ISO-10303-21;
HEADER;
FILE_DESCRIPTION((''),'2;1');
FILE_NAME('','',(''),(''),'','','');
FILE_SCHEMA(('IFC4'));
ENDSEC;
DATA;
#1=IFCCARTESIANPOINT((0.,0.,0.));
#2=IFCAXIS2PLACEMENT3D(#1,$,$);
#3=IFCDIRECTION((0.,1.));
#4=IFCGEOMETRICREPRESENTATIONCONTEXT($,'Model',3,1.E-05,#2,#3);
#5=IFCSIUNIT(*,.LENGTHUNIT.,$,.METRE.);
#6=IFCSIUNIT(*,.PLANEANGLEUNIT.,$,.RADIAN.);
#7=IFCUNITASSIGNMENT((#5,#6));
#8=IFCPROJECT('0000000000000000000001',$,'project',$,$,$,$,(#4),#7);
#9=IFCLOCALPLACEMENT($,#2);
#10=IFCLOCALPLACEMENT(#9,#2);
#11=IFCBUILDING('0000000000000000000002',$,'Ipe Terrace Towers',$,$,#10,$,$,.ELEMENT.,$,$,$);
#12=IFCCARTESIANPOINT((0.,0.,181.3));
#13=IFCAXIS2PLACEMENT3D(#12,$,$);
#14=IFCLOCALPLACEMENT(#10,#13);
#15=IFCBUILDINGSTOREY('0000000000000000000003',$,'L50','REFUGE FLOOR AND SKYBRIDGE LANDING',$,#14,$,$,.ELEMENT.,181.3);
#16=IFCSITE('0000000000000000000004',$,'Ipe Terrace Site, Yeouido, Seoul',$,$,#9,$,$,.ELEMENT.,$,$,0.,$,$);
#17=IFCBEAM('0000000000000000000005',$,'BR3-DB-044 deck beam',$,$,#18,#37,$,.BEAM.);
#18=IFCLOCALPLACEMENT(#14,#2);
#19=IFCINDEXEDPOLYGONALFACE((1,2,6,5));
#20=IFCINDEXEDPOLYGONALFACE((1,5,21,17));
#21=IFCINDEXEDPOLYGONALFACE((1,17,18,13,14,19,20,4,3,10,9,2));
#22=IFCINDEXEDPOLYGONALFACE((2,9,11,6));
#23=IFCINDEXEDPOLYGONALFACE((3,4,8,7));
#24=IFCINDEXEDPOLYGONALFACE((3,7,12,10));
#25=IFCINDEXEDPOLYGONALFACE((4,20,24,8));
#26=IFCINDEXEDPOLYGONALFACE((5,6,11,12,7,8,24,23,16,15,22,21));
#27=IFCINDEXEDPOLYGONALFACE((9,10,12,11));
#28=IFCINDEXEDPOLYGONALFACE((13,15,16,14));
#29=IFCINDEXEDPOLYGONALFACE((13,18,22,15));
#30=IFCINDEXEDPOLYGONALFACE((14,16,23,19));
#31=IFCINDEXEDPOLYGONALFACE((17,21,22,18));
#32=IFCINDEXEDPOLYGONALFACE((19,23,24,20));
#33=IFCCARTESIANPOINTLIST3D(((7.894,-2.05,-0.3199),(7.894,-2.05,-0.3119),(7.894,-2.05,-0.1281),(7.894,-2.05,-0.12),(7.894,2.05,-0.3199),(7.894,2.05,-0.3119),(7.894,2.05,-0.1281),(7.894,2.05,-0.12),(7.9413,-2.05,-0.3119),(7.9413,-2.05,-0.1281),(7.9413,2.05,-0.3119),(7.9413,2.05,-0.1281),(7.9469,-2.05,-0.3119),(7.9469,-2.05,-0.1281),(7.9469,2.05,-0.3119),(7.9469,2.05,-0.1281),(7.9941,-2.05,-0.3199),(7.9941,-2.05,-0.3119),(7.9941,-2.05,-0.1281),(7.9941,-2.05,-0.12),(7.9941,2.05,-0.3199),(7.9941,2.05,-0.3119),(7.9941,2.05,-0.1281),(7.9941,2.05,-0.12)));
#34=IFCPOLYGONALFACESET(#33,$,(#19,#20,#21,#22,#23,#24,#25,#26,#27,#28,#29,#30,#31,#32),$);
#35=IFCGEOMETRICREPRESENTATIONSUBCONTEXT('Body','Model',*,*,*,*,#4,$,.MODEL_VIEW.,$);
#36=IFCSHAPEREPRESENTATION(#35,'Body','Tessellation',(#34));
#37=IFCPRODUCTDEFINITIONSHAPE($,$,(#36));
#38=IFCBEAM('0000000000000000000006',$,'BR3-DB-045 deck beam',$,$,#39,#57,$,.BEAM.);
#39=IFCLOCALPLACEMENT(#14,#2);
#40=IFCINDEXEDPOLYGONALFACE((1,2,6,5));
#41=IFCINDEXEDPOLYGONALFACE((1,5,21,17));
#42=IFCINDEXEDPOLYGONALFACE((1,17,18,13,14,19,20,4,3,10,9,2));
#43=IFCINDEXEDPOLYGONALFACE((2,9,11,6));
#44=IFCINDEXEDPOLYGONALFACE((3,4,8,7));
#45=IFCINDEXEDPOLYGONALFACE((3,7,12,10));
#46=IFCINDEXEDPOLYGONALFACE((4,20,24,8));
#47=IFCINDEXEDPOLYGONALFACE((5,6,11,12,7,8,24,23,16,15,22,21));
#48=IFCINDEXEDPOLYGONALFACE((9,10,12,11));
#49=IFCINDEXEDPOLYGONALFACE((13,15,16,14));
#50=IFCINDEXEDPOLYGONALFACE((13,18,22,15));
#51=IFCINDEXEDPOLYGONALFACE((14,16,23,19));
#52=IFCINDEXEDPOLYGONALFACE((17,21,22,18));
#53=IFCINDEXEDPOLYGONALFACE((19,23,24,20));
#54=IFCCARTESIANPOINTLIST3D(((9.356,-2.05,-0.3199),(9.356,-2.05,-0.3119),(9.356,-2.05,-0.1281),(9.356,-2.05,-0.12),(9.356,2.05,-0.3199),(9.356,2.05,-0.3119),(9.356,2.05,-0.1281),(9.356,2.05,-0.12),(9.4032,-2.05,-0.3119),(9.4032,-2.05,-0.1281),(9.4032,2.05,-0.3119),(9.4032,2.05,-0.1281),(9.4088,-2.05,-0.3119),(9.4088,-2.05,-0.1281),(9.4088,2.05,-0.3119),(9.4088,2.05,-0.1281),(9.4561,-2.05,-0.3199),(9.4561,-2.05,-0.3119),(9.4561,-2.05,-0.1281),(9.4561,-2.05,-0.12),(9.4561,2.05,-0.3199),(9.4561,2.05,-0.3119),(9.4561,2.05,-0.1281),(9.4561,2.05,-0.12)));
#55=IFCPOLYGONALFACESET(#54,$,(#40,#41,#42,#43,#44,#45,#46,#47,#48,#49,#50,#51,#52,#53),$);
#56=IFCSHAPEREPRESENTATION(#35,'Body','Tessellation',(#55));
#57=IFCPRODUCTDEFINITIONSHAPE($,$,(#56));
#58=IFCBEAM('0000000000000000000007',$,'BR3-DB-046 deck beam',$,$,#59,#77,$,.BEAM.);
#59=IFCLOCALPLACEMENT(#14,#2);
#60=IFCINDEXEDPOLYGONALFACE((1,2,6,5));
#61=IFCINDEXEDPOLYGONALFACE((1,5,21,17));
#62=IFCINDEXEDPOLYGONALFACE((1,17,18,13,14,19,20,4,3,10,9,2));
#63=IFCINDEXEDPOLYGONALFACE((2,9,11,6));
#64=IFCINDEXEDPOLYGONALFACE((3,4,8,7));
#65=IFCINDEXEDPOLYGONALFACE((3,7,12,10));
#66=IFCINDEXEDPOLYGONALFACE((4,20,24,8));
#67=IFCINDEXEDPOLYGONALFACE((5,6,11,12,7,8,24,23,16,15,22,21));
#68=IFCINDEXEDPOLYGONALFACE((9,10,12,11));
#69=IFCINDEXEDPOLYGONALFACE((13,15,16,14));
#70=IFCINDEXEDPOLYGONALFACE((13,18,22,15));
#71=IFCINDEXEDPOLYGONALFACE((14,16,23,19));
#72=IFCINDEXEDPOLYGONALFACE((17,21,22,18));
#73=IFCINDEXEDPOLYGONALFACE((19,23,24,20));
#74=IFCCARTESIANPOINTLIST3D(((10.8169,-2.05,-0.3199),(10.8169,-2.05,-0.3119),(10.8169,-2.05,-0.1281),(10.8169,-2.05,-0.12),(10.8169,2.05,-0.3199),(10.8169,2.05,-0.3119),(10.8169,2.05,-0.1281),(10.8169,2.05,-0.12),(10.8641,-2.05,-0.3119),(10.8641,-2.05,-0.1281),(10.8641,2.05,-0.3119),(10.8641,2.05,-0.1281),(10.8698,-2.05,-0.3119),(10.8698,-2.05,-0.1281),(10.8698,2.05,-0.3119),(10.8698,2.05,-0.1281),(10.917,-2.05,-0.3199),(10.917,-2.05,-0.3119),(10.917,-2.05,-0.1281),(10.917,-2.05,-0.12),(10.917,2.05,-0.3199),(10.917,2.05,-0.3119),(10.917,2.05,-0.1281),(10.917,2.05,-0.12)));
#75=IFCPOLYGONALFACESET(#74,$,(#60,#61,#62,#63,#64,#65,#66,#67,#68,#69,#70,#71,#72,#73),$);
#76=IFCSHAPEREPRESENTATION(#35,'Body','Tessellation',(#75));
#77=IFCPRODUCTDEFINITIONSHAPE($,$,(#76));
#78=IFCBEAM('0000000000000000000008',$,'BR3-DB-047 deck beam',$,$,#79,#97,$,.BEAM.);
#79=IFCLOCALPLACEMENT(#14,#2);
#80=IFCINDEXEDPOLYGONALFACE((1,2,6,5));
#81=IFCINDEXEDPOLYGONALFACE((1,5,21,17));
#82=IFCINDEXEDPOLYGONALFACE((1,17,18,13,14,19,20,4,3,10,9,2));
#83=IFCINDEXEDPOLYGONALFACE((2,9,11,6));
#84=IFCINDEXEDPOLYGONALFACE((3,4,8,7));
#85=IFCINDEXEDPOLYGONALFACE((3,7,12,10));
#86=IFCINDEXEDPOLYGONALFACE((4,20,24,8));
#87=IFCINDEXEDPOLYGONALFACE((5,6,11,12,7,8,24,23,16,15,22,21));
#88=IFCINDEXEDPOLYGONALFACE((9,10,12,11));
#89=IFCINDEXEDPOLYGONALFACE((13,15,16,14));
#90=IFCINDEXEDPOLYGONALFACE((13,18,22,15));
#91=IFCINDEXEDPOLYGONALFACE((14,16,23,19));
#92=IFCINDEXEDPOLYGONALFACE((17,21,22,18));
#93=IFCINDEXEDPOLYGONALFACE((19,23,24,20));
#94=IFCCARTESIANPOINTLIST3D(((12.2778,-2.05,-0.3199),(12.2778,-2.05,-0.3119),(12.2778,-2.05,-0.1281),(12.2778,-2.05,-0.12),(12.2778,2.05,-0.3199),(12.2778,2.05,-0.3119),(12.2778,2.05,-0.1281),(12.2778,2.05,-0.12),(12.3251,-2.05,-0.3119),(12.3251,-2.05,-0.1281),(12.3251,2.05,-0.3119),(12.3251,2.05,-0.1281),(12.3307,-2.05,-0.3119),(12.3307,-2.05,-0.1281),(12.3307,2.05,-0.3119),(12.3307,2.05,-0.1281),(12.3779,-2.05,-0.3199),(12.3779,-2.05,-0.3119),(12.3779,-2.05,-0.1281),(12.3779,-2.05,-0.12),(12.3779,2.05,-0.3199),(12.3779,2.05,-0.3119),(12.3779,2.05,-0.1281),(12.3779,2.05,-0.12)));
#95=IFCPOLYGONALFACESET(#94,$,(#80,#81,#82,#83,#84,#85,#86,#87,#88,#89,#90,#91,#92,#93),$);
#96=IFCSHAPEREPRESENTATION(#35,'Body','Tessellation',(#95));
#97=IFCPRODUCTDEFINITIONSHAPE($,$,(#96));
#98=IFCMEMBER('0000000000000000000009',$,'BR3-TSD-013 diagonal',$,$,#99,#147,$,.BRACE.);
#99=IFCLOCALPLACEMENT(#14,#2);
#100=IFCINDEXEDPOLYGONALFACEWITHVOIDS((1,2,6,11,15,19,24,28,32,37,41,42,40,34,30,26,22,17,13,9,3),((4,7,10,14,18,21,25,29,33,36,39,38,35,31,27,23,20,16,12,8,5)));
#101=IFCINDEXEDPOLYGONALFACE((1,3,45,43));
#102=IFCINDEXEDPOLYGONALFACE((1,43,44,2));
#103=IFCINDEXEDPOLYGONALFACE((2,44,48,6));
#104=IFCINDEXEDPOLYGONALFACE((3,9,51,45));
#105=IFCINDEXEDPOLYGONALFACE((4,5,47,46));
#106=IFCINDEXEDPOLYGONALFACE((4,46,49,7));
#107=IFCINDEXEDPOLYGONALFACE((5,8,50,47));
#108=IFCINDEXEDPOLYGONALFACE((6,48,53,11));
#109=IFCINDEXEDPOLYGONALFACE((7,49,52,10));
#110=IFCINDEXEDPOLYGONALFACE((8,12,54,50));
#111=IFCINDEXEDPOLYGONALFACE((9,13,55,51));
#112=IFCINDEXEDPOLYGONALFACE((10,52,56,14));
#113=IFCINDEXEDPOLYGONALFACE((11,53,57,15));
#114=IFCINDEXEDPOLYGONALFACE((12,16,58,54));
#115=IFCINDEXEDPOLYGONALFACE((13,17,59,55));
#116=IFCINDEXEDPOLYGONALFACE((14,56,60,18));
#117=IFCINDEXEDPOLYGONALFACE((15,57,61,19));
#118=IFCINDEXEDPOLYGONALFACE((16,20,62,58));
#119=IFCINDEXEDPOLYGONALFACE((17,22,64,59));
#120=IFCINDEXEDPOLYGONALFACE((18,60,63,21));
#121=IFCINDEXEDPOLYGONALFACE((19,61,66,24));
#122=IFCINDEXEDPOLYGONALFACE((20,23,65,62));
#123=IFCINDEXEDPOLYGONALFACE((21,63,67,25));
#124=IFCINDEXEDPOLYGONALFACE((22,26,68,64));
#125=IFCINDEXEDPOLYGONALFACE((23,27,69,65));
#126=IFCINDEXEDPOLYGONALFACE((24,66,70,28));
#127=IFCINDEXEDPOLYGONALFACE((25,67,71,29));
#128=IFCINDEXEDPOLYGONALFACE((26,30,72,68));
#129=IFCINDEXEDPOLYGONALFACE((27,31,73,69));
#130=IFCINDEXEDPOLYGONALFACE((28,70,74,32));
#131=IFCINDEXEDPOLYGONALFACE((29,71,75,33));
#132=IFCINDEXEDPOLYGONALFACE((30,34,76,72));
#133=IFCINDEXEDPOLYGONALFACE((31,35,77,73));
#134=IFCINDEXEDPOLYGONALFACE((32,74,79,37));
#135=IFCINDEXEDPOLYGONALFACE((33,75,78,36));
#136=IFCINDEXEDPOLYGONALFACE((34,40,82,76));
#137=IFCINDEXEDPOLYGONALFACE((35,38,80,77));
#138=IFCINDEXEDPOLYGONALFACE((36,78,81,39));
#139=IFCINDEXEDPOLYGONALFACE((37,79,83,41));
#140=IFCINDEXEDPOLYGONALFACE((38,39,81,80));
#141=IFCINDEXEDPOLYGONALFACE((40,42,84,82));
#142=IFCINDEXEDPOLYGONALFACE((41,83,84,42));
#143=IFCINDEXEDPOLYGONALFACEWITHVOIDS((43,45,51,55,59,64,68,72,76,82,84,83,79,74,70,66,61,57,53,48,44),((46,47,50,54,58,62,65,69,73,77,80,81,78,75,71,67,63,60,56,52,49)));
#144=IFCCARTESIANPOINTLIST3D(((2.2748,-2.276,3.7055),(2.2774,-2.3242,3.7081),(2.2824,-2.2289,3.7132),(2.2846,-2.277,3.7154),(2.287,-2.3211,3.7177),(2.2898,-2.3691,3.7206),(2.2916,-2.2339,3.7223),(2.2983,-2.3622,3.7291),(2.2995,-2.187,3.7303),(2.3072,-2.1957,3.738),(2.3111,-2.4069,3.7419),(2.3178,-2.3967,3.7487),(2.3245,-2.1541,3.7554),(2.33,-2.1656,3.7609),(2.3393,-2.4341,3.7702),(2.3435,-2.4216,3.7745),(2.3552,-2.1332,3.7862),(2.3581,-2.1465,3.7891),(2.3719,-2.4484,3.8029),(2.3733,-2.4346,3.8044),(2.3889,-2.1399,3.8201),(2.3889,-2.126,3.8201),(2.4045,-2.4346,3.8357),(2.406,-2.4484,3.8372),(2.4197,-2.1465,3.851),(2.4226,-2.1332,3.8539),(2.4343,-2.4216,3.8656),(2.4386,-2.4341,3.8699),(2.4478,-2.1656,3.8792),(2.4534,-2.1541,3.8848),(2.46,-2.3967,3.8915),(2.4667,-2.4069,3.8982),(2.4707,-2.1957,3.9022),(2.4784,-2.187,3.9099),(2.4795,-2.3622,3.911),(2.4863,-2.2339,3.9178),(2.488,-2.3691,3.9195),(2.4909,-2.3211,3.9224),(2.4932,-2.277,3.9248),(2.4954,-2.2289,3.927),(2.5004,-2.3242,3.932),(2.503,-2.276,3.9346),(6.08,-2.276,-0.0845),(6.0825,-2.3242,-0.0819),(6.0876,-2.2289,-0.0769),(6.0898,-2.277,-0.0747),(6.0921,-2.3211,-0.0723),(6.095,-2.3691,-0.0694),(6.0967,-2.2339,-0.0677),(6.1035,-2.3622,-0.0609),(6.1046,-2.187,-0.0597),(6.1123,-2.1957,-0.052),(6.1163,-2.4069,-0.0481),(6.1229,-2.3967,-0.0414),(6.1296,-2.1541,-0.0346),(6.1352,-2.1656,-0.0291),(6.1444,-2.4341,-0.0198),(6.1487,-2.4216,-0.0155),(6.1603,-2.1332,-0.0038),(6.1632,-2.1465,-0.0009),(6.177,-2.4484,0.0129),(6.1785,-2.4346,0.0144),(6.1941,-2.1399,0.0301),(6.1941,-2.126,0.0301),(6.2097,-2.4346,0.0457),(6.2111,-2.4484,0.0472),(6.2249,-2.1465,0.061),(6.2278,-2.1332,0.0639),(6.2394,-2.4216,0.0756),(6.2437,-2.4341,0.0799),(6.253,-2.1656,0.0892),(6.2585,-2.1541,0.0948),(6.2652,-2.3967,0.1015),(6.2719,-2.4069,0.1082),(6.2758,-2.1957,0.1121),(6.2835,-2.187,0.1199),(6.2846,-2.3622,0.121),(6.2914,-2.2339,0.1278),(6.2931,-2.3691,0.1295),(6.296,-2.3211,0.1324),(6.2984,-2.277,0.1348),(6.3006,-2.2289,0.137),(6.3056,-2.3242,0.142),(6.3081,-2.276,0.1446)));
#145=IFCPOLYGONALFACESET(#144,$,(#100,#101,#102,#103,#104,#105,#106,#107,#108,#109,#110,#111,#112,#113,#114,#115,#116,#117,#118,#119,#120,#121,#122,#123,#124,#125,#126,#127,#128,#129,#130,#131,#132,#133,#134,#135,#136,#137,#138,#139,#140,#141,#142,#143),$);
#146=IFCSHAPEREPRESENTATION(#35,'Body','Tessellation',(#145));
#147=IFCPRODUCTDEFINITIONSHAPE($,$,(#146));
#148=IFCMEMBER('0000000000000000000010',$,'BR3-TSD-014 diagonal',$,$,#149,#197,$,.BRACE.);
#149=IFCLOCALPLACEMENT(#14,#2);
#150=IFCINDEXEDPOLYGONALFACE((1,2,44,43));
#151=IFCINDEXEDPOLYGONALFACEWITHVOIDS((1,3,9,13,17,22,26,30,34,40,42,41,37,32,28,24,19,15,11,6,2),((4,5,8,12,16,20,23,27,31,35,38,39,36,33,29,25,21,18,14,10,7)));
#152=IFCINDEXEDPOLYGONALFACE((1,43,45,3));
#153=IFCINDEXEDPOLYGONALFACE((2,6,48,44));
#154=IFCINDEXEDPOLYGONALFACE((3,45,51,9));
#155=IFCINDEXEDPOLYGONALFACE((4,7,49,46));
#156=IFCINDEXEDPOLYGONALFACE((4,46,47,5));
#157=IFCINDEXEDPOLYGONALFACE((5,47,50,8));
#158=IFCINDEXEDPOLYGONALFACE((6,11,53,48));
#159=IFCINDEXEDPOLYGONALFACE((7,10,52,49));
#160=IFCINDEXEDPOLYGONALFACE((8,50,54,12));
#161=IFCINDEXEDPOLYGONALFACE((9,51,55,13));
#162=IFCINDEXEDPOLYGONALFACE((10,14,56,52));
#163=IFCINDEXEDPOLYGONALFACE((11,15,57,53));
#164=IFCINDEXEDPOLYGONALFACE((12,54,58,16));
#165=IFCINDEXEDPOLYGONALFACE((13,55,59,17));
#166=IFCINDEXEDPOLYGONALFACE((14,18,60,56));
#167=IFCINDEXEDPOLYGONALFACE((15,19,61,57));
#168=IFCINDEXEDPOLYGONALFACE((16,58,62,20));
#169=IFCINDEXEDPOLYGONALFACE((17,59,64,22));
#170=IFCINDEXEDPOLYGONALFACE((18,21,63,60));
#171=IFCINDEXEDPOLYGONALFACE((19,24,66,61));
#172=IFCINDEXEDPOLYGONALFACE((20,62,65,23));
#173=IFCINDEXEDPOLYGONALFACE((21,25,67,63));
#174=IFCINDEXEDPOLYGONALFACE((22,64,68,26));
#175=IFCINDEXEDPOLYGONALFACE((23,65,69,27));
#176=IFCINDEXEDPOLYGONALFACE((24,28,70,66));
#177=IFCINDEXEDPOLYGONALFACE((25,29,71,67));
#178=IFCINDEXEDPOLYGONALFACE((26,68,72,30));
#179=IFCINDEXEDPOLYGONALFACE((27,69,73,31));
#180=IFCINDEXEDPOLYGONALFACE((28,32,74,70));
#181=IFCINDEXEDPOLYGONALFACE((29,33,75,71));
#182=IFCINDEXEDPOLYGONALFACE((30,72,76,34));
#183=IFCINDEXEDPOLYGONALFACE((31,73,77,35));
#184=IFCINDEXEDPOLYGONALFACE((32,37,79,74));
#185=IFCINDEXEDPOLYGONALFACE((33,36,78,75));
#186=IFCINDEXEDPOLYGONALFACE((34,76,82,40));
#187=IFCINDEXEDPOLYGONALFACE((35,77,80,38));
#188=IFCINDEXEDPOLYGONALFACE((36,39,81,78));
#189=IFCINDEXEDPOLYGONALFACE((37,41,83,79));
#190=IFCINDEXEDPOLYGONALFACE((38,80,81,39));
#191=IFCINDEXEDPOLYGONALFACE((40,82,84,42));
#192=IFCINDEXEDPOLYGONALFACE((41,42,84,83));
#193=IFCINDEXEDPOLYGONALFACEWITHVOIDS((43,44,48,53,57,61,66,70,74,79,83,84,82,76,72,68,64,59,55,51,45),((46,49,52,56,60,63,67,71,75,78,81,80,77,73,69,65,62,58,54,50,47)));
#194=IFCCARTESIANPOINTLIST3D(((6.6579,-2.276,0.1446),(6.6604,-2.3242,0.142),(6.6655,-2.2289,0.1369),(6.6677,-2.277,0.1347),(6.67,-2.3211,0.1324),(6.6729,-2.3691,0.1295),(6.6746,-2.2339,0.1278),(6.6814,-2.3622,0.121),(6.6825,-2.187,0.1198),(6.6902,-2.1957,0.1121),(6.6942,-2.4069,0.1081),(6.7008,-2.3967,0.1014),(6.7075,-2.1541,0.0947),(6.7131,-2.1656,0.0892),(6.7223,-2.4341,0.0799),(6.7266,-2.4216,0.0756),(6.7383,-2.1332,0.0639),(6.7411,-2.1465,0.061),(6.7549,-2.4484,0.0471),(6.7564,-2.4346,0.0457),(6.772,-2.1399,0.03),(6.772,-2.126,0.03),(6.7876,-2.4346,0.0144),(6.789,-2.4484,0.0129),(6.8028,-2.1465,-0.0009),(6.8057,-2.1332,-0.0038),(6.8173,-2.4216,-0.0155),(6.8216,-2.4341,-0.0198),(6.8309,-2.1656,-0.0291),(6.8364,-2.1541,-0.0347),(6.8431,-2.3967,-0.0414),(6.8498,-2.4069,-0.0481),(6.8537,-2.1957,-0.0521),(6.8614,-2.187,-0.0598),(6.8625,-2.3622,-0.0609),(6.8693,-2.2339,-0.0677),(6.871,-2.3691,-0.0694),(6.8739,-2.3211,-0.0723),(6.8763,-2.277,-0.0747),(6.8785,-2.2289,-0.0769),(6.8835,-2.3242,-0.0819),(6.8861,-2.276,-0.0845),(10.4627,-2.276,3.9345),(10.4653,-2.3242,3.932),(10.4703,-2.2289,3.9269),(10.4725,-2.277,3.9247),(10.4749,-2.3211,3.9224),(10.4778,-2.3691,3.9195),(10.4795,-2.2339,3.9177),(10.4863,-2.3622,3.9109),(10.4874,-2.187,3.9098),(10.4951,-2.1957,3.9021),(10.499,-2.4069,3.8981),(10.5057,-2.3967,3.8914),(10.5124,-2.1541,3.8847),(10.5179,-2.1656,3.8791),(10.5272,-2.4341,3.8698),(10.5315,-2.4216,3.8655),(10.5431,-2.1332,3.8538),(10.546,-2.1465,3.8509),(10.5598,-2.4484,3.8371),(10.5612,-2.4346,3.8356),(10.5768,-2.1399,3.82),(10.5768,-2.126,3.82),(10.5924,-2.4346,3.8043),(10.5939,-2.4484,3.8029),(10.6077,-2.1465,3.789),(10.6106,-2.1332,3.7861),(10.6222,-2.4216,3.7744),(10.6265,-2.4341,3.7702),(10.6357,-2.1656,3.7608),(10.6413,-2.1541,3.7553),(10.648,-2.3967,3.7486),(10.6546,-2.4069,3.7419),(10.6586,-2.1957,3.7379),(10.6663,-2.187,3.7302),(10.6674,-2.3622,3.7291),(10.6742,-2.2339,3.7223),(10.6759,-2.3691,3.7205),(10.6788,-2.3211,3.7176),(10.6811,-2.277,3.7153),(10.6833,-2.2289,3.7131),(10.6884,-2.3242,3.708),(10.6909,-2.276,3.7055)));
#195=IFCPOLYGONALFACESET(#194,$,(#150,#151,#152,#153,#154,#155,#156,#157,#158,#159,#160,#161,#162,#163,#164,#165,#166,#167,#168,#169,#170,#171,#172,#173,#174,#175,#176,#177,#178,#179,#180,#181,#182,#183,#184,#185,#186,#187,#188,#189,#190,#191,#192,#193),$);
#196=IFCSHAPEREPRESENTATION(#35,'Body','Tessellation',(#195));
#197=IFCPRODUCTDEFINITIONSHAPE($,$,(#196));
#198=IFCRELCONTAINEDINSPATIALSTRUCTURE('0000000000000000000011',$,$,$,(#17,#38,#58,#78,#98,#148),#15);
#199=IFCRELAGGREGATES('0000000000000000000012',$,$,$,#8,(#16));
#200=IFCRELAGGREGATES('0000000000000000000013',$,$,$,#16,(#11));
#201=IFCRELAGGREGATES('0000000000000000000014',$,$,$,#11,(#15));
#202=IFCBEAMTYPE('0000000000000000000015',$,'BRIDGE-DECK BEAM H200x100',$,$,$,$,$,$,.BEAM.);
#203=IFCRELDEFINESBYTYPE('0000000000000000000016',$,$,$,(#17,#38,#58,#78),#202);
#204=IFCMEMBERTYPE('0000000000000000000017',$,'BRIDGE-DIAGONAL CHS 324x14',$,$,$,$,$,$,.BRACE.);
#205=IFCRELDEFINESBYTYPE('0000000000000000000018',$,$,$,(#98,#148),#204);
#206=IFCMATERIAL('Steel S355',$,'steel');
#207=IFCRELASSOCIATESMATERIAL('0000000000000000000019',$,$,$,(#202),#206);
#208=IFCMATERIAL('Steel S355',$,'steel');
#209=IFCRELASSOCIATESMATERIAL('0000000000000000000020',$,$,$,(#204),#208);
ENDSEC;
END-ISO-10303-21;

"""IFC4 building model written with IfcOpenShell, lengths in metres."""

from ifc_helpers import new_model, si_unit, direction, frame, origin, origin_2d, place, context, subcontext, project, spatial, hollow_circle, i_section, extrude, material, material_profile, profile_set, type_object, element, save


model = new_model("IFC4")

# Units and contexts
model_context = context("Model", 3, precision=1e-05, world=origin(), true_north=direction((0.0, 1.0)))
body_context = subcontext(model_context, "Body", "Model", "MODEL_VIEW")
ifc_project = project(units=[si_unit("LENGTHUNIT", "METRE"), si_unit("PLANEANGLEUNIT", "RADIAN")], contexts=[model_context])

# Site, building, storey
site_placement = place(None, origin())
site = spatial("IfcSite", under=ifc_project, at=site_placement, Name="Ipe Terrace Site, Yeouido, Seoul", CompositionType="ELEMENT", RefElevation=0.0)
building_placement = place(site_placement, origin())
building = spatial("IfcBuilding", under=site, at=building_placement, Name="Ipe Terrace Towers", CompositionType="ELEMENT")
storey_placement = place(building_placement, frame((0.0, 0.0, 181.3)))
storey = spatial("IfcBuildingStorey", under=building, at=storey_placement, Name="L50", Description="REFUGE FLOOR AND SKYBRIDGE LANDING", CompositionType="ELEMENT", Elevation=181.3)

# Beams
ifc_material_1 = material(Name="Steel S355", Category="steel")
ifc_material_profile_1 = material_profile(ifc_material_1, i_section(OverallWidth=0.1001, OverallDepth=0.2, WebThickness=0.0056, FlangeThickness=0.0081, at=origin_2d()), Name="H200x100")
ifc_profile_set_1 = profile_set([ifc_material_profile_1], Name="Steel S355")
beam_type_1 = type_object("IfcBeamType", Name="BRIDGE-DECK BEAM H200x100", PredefinedType="BEAM", material=ifc_profile_set_1)
for number, where, z_axis, x_axis, name in (
    (1, (7.9441, -2.05, -0.22), (0.0, 1.0, 0.0), (-1.0, 0.0, 0.0), "BR3-DB-044 deck beam"),
    (2, (9.406, -2.05, -0.22), (0.0, 1.0, 0.0), (-1.0, 0.0, 0.0), "BR3-DB-045 deck beam"),
    (3, (10.8669, -2.05, -0.22), (0.0, 1.0, 0.0), (-1.0, 0.0, 0.0), "BR3-DB-046 deck beam"),
    (4, (12.3279, -2.05, -0.22), (0.0, 1.0, 0.0), (-1.0, 0.0, 0.0), "BR3-DB-047 deck beam"),
):
    element("IfcBeam", number, at=place(storey_placement, frame(where, z_axis=z_axis, x_axis=x_axis)), inside=storey, type_object=beam_type_1, Name=name, PredefinedType="BEAM", context=body_context, shape_type="SweptSolid", body=[
        extrude(i_section(OverallWidth=0.1001, OverallDepth=0.2, WebThickness=0.0056, FlangeThickness=0.0081, at=origin_2d()), origin(), (0.0, 0.0, 1.0), 4.1001),
    ])

# Members
ifc_material_2 = material(Name="Steel S355", Category="steel")
ifc_material_profile_2 = material_profile(ifc_material_2, hollow_circle(Radius=0.1621, WallThickness=0.0139, at=origin_2d()), Name="BRIDGE-DIAGONAL CHS 324x14")
ifc_profile_set_2 = profile_set([ifc_material_profile_2], Name="Steel S355")
member_type_1 = type_object("IfcMemberType", Name="BRIDGE-DIAGONAL CHS 324x14", PredefinedType="BRACE", material=ifc_profile_set_2)
member_1_placement = place(storey_placement, frame((2.3889, -2.2881, 3.8201), z_axis=(0.708515, 0.0, -0.705696), x_axis=(0.0, 1.0, 0.0)))
element("IfcMember", 5, at=member_1_placement, inside=storey, type_object=member_type_1, Name="BR3-TSD-013 diagonal", PredefinedType="BRACE", context=body_context, shape_type="SweptSolid", body=[
    extrude(hollow_circle(Radius=0.1621, WallThickness=0.0139, at=origin_2d()), origin(), (0.0, 0.0, 1.0), 5.3706),
])
member_2_placement = place(storey_placement, frame((6.772, -2.2881, 0.03), z_axis=(0.708492, 0.0, 0.705719), x_axis=(0.0, 1.0, 0.0)))
element("IfcMember", 6, at=member_2_placement, inside=storey, type_object=member_type_1, Name="BR3-TSD-014 diagonal", PredefinedType="BRACE", context=body_context, shape_type="SweptSolid", body=[
    extrude(hollow_circle(Radius=0.1621, WallThickness=0.0139, at=origin_2d()), origin(), (0.0, 0.0, 1.0), 5.3704),
])

save(model, "model.ifc")
